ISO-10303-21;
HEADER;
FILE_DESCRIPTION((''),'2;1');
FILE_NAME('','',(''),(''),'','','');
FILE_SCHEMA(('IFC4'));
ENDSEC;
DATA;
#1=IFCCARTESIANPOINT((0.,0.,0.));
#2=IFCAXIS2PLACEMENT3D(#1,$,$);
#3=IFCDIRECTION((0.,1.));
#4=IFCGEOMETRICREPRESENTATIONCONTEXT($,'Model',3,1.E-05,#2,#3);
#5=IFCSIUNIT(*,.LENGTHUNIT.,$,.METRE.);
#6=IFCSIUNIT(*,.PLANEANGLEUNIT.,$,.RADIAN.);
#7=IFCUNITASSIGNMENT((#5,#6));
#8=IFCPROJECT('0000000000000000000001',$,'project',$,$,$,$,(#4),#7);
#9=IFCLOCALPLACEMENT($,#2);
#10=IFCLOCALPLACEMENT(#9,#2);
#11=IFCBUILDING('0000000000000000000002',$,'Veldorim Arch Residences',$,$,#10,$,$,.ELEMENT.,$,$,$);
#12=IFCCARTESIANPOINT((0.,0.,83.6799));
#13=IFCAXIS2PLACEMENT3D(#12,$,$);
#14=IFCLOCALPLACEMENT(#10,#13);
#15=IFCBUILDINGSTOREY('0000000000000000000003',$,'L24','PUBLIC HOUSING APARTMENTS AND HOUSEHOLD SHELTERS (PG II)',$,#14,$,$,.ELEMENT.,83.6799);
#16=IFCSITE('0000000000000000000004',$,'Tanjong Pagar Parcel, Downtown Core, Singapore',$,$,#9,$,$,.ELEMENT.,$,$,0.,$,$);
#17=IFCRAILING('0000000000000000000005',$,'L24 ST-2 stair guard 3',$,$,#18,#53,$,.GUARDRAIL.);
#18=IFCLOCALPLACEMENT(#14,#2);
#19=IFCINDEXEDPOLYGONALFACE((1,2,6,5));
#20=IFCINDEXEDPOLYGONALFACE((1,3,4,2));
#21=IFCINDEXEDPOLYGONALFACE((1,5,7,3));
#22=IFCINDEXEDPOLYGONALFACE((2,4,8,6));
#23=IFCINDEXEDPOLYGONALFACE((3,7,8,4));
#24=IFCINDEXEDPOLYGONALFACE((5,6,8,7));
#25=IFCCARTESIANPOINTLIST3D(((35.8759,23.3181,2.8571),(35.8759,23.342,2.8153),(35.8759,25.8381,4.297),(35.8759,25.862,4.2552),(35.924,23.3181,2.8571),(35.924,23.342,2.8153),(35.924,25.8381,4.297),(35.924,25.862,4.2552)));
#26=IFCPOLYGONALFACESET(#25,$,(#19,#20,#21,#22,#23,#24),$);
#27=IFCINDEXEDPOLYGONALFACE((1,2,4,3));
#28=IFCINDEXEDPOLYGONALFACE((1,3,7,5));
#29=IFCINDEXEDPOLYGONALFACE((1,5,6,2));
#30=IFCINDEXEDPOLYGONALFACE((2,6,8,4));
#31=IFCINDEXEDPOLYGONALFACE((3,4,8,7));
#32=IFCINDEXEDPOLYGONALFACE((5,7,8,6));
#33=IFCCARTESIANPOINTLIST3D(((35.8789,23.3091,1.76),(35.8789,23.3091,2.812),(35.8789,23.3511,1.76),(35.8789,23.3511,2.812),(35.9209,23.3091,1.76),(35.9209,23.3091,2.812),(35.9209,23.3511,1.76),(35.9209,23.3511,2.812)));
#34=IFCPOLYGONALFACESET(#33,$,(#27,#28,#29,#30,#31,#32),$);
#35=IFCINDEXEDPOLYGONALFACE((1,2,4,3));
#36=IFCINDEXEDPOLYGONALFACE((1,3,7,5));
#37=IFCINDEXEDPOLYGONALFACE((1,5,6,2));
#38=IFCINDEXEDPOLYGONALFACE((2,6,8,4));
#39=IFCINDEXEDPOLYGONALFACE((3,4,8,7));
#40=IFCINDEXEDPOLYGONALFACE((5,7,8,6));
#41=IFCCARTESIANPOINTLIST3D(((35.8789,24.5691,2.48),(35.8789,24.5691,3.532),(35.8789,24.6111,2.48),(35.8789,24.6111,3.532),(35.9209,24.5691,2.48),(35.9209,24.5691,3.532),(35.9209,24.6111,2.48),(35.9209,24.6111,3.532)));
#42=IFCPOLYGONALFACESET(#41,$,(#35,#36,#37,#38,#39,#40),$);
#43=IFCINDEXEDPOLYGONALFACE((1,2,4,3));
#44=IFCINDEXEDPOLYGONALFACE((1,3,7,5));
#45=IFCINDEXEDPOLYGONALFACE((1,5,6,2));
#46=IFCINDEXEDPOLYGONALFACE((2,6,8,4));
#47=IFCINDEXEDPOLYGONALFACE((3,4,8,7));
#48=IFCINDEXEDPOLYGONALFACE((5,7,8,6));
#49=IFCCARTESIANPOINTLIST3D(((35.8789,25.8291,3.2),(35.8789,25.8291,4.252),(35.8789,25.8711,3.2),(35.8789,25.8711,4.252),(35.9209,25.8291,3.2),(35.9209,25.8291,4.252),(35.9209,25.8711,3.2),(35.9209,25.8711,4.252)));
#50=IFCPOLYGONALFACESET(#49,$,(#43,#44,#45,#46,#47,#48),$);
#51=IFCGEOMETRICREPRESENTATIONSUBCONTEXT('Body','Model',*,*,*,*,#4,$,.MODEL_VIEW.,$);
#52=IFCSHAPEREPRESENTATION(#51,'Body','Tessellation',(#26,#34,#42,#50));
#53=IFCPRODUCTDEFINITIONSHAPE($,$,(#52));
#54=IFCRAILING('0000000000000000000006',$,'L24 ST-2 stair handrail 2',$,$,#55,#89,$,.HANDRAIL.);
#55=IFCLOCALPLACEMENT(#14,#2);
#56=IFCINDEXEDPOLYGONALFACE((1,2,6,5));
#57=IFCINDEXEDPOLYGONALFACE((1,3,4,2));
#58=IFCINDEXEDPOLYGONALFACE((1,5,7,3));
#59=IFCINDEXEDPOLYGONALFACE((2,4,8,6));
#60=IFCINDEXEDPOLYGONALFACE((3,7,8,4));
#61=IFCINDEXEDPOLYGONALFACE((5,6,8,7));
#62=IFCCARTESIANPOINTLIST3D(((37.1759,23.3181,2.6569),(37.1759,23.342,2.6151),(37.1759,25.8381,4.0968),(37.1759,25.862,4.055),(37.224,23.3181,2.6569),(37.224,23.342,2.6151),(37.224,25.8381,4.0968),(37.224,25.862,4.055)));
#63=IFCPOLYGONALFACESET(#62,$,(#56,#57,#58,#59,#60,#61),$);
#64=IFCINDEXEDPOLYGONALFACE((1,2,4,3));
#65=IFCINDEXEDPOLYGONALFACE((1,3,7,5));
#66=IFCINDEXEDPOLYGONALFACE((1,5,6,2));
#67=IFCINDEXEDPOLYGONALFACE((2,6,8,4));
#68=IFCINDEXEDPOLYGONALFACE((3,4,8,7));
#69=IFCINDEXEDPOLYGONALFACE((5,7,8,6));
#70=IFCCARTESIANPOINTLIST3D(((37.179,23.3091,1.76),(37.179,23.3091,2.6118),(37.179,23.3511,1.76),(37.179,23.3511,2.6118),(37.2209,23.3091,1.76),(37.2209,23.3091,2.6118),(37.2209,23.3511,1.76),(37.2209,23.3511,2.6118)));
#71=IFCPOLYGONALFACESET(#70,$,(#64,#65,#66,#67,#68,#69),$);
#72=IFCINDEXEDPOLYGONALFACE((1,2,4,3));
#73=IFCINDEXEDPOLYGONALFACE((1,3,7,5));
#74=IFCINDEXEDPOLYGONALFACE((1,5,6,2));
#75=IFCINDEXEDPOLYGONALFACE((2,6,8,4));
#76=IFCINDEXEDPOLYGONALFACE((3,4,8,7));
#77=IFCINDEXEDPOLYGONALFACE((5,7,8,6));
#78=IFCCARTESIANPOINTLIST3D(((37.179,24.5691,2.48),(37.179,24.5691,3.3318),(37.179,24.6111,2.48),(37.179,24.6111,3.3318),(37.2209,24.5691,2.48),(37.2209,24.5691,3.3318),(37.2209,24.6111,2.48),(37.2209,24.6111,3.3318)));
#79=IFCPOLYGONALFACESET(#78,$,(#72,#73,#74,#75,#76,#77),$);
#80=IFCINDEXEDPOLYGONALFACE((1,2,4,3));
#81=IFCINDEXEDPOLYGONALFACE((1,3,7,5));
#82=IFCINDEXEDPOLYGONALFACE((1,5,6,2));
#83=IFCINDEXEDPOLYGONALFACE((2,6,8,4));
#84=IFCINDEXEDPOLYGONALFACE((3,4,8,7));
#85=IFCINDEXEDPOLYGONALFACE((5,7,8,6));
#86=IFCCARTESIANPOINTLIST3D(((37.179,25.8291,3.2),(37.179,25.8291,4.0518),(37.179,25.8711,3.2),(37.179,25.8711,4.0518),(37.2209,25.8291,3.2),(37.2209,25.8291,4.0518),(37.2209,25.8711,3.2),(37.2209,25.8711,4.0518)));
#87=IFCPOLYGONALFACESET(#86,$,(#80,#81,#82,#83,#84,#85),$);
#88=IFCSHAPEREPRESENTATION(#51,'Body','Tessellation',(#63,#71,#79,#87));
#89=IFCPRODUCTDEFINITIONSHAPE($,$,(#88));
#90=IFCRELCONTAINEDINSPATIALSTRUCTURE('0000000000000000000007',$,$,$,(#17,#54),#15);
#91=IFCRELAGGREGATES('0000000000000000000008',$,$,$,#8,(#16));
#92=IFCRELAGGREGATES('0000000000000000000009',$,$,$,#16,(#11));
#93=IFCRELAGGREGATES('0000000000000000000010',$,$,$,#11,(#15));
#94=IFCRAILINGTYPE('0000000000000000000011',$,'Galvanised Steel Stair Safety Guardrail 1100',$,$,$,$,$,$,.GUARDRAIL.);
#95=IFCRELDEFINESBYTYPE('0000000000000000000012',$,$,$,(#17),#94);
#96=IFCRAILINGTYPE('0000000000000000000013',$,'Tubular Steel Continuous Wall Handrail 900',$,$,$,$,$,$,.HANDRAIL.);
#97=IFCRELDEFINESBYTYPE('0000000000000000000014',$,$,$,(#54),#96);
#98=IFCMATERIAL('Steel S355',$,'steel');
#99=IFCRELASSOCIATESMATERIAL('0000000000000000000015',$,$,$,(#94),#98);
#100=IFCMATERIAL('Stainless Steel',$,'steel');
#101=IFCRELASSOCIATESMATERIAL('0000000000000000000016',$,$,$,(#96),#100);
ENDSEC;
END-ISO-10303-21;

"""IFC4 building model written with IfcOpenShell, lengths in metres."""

from ifc_helpers import new_model, si_unit, direction, frame, origin, origin_2d, place, context, subcontext, project, spatial, rectangle, extrude, material, type_object, element, save


model = new_model("IFC4")

# Units and contexts
model_context = context("Model", 3, precision=1e-05, world=origin(), true_north=direction((0.0, 1.0)))
body_context = subcontext(model_context, "Body", "Model", "MODEL_VIEW")
ifc_project = project(units=[si_unit("LENGTHUNIT", "METRE"), si_unit("PLANEANGLEUNIT", "RADIAN")], contexts=[model_context])

# Site, building, storey
site_placement = place(None, origin())
site = spatial("IfcSite", under=ifc_project, at=site_placement, Name="Tanjong Pagar Parcel, Downtown Core, Singapore", CompositionType="ELEMENT", RefElevation=0.0)
building_placement = place(site_placement, origin())
building = spatial("IfcBuilding", under=site, at=building_placement, Name="Veldorim Arch Residences", CompositionType="ELEMENT")
storey_placement = place(building_placement, frame((0.0, 0.0, 83.6799)))
storey = spatial("IfcBuildingStorey", under=building, at=storey_placement, Name="L24", Description="PUBLIC HOUSING APARTMENTS AND HOUSEHOLD SHELTERS (PG II)", CompositionType="ELEMENT", Elevation=83.6799)

# Railings
ifc_material_1 = material(Name="Steel S355", Category="steel")
railing_type_1 = type_object("IfcRailingType", Name="Galvanised Steel Stair Safety Guardrail 1100", PredefinedType="GUARDRAIL", material=ifc_material_1)
railing_1_placement = place(storey_placement, frame((35.8999, 23.3301, 1.76)))
element("IfcRailing", 1, at=railing_1_placement, inside=storey, type_object=railing_type_1, Name="L24 ST-2 stair guard 3", PredefinedType="GUARDRAIL", context=body_context, shape_type="SweptSolid", body=[
    extrude(rectangle(XDim=0.0481, YDim=0.0481, at=origin_2d()), frame((0.0, 0.0, 1.0762), z_axis=(0.0, 0.868253, 0.496121), x_axis=(-1.0, 0.0, 0.0)), (0.0, 0.0, 1.0), 2.9023),
    extrude(rectangle(XDim=0.042, YDim=0.042, at=origin_2d()), origin(), (0.0, 0.0, 1.0), 1.052),
    extrude(rectangle(XDim=0.042, YDim=0.042, at=origin_2d()), frame((0.0, 1.26, 0.72)), (0.0, 0.0, 1.0), 1.052),
    extrude(rectangle(XDim=0.042, YDim=0.042, at=origin_2d()), frame((0.0, 2.52, 1.4399)), (0.0, 0.0, 1.0), 1.052),
])
ifc_material_2 = material(Name="Stainless Steel", Category="steel")
railing_type_2 = type_object("IfcRailingType", Name="Tubular Steel Continuous Wall Handrail 900", PredefinedType="HANDRAIL", material=ifc_material_2)
railing_2_placement = place(storey_placement, frame((37.2, 23.3301, 1.76)))
element("IfcRailing", 2, at=railing_2_placement, inside=storey, type_object=railing_type_2, Name="L24 ST-2 stair handrail 2", PredefinedType="HANDRAIL", context=body_context, shape_type="SweptSolid", body=[
    extrude(rectangle(XDim=0.0481, YDim=0.0481, at=origin_2d()), frame((0.0, 0.0, 0.876), z_axis=(0.0, 0.868253, 0.496121), x_axis=(-1.0, 0.0, 0.0)), (0.0, 0.0, 1.0), 2.9023),
    extrude(rectangle(XDim=0.042, YDim=0.042, at=origin_2d()), origin(), (0.0, 0.0, 1.0), 0.8518),
    extrude(rectangle(XDim=0.042, YDim=0.042, at=origin_2d()), frame((0.0, 1.26, 0.72)), (0.0, 0.0, 1.0), 0.8518),
    extrude(rectangle(XDim=0.042, YDim=0.042, at=origin_2d()), frame((0.0, 2.52, 1.4399)), (0.0, 0.0, 1.0), 0.8518),
])

save(model, "model.ifc")
